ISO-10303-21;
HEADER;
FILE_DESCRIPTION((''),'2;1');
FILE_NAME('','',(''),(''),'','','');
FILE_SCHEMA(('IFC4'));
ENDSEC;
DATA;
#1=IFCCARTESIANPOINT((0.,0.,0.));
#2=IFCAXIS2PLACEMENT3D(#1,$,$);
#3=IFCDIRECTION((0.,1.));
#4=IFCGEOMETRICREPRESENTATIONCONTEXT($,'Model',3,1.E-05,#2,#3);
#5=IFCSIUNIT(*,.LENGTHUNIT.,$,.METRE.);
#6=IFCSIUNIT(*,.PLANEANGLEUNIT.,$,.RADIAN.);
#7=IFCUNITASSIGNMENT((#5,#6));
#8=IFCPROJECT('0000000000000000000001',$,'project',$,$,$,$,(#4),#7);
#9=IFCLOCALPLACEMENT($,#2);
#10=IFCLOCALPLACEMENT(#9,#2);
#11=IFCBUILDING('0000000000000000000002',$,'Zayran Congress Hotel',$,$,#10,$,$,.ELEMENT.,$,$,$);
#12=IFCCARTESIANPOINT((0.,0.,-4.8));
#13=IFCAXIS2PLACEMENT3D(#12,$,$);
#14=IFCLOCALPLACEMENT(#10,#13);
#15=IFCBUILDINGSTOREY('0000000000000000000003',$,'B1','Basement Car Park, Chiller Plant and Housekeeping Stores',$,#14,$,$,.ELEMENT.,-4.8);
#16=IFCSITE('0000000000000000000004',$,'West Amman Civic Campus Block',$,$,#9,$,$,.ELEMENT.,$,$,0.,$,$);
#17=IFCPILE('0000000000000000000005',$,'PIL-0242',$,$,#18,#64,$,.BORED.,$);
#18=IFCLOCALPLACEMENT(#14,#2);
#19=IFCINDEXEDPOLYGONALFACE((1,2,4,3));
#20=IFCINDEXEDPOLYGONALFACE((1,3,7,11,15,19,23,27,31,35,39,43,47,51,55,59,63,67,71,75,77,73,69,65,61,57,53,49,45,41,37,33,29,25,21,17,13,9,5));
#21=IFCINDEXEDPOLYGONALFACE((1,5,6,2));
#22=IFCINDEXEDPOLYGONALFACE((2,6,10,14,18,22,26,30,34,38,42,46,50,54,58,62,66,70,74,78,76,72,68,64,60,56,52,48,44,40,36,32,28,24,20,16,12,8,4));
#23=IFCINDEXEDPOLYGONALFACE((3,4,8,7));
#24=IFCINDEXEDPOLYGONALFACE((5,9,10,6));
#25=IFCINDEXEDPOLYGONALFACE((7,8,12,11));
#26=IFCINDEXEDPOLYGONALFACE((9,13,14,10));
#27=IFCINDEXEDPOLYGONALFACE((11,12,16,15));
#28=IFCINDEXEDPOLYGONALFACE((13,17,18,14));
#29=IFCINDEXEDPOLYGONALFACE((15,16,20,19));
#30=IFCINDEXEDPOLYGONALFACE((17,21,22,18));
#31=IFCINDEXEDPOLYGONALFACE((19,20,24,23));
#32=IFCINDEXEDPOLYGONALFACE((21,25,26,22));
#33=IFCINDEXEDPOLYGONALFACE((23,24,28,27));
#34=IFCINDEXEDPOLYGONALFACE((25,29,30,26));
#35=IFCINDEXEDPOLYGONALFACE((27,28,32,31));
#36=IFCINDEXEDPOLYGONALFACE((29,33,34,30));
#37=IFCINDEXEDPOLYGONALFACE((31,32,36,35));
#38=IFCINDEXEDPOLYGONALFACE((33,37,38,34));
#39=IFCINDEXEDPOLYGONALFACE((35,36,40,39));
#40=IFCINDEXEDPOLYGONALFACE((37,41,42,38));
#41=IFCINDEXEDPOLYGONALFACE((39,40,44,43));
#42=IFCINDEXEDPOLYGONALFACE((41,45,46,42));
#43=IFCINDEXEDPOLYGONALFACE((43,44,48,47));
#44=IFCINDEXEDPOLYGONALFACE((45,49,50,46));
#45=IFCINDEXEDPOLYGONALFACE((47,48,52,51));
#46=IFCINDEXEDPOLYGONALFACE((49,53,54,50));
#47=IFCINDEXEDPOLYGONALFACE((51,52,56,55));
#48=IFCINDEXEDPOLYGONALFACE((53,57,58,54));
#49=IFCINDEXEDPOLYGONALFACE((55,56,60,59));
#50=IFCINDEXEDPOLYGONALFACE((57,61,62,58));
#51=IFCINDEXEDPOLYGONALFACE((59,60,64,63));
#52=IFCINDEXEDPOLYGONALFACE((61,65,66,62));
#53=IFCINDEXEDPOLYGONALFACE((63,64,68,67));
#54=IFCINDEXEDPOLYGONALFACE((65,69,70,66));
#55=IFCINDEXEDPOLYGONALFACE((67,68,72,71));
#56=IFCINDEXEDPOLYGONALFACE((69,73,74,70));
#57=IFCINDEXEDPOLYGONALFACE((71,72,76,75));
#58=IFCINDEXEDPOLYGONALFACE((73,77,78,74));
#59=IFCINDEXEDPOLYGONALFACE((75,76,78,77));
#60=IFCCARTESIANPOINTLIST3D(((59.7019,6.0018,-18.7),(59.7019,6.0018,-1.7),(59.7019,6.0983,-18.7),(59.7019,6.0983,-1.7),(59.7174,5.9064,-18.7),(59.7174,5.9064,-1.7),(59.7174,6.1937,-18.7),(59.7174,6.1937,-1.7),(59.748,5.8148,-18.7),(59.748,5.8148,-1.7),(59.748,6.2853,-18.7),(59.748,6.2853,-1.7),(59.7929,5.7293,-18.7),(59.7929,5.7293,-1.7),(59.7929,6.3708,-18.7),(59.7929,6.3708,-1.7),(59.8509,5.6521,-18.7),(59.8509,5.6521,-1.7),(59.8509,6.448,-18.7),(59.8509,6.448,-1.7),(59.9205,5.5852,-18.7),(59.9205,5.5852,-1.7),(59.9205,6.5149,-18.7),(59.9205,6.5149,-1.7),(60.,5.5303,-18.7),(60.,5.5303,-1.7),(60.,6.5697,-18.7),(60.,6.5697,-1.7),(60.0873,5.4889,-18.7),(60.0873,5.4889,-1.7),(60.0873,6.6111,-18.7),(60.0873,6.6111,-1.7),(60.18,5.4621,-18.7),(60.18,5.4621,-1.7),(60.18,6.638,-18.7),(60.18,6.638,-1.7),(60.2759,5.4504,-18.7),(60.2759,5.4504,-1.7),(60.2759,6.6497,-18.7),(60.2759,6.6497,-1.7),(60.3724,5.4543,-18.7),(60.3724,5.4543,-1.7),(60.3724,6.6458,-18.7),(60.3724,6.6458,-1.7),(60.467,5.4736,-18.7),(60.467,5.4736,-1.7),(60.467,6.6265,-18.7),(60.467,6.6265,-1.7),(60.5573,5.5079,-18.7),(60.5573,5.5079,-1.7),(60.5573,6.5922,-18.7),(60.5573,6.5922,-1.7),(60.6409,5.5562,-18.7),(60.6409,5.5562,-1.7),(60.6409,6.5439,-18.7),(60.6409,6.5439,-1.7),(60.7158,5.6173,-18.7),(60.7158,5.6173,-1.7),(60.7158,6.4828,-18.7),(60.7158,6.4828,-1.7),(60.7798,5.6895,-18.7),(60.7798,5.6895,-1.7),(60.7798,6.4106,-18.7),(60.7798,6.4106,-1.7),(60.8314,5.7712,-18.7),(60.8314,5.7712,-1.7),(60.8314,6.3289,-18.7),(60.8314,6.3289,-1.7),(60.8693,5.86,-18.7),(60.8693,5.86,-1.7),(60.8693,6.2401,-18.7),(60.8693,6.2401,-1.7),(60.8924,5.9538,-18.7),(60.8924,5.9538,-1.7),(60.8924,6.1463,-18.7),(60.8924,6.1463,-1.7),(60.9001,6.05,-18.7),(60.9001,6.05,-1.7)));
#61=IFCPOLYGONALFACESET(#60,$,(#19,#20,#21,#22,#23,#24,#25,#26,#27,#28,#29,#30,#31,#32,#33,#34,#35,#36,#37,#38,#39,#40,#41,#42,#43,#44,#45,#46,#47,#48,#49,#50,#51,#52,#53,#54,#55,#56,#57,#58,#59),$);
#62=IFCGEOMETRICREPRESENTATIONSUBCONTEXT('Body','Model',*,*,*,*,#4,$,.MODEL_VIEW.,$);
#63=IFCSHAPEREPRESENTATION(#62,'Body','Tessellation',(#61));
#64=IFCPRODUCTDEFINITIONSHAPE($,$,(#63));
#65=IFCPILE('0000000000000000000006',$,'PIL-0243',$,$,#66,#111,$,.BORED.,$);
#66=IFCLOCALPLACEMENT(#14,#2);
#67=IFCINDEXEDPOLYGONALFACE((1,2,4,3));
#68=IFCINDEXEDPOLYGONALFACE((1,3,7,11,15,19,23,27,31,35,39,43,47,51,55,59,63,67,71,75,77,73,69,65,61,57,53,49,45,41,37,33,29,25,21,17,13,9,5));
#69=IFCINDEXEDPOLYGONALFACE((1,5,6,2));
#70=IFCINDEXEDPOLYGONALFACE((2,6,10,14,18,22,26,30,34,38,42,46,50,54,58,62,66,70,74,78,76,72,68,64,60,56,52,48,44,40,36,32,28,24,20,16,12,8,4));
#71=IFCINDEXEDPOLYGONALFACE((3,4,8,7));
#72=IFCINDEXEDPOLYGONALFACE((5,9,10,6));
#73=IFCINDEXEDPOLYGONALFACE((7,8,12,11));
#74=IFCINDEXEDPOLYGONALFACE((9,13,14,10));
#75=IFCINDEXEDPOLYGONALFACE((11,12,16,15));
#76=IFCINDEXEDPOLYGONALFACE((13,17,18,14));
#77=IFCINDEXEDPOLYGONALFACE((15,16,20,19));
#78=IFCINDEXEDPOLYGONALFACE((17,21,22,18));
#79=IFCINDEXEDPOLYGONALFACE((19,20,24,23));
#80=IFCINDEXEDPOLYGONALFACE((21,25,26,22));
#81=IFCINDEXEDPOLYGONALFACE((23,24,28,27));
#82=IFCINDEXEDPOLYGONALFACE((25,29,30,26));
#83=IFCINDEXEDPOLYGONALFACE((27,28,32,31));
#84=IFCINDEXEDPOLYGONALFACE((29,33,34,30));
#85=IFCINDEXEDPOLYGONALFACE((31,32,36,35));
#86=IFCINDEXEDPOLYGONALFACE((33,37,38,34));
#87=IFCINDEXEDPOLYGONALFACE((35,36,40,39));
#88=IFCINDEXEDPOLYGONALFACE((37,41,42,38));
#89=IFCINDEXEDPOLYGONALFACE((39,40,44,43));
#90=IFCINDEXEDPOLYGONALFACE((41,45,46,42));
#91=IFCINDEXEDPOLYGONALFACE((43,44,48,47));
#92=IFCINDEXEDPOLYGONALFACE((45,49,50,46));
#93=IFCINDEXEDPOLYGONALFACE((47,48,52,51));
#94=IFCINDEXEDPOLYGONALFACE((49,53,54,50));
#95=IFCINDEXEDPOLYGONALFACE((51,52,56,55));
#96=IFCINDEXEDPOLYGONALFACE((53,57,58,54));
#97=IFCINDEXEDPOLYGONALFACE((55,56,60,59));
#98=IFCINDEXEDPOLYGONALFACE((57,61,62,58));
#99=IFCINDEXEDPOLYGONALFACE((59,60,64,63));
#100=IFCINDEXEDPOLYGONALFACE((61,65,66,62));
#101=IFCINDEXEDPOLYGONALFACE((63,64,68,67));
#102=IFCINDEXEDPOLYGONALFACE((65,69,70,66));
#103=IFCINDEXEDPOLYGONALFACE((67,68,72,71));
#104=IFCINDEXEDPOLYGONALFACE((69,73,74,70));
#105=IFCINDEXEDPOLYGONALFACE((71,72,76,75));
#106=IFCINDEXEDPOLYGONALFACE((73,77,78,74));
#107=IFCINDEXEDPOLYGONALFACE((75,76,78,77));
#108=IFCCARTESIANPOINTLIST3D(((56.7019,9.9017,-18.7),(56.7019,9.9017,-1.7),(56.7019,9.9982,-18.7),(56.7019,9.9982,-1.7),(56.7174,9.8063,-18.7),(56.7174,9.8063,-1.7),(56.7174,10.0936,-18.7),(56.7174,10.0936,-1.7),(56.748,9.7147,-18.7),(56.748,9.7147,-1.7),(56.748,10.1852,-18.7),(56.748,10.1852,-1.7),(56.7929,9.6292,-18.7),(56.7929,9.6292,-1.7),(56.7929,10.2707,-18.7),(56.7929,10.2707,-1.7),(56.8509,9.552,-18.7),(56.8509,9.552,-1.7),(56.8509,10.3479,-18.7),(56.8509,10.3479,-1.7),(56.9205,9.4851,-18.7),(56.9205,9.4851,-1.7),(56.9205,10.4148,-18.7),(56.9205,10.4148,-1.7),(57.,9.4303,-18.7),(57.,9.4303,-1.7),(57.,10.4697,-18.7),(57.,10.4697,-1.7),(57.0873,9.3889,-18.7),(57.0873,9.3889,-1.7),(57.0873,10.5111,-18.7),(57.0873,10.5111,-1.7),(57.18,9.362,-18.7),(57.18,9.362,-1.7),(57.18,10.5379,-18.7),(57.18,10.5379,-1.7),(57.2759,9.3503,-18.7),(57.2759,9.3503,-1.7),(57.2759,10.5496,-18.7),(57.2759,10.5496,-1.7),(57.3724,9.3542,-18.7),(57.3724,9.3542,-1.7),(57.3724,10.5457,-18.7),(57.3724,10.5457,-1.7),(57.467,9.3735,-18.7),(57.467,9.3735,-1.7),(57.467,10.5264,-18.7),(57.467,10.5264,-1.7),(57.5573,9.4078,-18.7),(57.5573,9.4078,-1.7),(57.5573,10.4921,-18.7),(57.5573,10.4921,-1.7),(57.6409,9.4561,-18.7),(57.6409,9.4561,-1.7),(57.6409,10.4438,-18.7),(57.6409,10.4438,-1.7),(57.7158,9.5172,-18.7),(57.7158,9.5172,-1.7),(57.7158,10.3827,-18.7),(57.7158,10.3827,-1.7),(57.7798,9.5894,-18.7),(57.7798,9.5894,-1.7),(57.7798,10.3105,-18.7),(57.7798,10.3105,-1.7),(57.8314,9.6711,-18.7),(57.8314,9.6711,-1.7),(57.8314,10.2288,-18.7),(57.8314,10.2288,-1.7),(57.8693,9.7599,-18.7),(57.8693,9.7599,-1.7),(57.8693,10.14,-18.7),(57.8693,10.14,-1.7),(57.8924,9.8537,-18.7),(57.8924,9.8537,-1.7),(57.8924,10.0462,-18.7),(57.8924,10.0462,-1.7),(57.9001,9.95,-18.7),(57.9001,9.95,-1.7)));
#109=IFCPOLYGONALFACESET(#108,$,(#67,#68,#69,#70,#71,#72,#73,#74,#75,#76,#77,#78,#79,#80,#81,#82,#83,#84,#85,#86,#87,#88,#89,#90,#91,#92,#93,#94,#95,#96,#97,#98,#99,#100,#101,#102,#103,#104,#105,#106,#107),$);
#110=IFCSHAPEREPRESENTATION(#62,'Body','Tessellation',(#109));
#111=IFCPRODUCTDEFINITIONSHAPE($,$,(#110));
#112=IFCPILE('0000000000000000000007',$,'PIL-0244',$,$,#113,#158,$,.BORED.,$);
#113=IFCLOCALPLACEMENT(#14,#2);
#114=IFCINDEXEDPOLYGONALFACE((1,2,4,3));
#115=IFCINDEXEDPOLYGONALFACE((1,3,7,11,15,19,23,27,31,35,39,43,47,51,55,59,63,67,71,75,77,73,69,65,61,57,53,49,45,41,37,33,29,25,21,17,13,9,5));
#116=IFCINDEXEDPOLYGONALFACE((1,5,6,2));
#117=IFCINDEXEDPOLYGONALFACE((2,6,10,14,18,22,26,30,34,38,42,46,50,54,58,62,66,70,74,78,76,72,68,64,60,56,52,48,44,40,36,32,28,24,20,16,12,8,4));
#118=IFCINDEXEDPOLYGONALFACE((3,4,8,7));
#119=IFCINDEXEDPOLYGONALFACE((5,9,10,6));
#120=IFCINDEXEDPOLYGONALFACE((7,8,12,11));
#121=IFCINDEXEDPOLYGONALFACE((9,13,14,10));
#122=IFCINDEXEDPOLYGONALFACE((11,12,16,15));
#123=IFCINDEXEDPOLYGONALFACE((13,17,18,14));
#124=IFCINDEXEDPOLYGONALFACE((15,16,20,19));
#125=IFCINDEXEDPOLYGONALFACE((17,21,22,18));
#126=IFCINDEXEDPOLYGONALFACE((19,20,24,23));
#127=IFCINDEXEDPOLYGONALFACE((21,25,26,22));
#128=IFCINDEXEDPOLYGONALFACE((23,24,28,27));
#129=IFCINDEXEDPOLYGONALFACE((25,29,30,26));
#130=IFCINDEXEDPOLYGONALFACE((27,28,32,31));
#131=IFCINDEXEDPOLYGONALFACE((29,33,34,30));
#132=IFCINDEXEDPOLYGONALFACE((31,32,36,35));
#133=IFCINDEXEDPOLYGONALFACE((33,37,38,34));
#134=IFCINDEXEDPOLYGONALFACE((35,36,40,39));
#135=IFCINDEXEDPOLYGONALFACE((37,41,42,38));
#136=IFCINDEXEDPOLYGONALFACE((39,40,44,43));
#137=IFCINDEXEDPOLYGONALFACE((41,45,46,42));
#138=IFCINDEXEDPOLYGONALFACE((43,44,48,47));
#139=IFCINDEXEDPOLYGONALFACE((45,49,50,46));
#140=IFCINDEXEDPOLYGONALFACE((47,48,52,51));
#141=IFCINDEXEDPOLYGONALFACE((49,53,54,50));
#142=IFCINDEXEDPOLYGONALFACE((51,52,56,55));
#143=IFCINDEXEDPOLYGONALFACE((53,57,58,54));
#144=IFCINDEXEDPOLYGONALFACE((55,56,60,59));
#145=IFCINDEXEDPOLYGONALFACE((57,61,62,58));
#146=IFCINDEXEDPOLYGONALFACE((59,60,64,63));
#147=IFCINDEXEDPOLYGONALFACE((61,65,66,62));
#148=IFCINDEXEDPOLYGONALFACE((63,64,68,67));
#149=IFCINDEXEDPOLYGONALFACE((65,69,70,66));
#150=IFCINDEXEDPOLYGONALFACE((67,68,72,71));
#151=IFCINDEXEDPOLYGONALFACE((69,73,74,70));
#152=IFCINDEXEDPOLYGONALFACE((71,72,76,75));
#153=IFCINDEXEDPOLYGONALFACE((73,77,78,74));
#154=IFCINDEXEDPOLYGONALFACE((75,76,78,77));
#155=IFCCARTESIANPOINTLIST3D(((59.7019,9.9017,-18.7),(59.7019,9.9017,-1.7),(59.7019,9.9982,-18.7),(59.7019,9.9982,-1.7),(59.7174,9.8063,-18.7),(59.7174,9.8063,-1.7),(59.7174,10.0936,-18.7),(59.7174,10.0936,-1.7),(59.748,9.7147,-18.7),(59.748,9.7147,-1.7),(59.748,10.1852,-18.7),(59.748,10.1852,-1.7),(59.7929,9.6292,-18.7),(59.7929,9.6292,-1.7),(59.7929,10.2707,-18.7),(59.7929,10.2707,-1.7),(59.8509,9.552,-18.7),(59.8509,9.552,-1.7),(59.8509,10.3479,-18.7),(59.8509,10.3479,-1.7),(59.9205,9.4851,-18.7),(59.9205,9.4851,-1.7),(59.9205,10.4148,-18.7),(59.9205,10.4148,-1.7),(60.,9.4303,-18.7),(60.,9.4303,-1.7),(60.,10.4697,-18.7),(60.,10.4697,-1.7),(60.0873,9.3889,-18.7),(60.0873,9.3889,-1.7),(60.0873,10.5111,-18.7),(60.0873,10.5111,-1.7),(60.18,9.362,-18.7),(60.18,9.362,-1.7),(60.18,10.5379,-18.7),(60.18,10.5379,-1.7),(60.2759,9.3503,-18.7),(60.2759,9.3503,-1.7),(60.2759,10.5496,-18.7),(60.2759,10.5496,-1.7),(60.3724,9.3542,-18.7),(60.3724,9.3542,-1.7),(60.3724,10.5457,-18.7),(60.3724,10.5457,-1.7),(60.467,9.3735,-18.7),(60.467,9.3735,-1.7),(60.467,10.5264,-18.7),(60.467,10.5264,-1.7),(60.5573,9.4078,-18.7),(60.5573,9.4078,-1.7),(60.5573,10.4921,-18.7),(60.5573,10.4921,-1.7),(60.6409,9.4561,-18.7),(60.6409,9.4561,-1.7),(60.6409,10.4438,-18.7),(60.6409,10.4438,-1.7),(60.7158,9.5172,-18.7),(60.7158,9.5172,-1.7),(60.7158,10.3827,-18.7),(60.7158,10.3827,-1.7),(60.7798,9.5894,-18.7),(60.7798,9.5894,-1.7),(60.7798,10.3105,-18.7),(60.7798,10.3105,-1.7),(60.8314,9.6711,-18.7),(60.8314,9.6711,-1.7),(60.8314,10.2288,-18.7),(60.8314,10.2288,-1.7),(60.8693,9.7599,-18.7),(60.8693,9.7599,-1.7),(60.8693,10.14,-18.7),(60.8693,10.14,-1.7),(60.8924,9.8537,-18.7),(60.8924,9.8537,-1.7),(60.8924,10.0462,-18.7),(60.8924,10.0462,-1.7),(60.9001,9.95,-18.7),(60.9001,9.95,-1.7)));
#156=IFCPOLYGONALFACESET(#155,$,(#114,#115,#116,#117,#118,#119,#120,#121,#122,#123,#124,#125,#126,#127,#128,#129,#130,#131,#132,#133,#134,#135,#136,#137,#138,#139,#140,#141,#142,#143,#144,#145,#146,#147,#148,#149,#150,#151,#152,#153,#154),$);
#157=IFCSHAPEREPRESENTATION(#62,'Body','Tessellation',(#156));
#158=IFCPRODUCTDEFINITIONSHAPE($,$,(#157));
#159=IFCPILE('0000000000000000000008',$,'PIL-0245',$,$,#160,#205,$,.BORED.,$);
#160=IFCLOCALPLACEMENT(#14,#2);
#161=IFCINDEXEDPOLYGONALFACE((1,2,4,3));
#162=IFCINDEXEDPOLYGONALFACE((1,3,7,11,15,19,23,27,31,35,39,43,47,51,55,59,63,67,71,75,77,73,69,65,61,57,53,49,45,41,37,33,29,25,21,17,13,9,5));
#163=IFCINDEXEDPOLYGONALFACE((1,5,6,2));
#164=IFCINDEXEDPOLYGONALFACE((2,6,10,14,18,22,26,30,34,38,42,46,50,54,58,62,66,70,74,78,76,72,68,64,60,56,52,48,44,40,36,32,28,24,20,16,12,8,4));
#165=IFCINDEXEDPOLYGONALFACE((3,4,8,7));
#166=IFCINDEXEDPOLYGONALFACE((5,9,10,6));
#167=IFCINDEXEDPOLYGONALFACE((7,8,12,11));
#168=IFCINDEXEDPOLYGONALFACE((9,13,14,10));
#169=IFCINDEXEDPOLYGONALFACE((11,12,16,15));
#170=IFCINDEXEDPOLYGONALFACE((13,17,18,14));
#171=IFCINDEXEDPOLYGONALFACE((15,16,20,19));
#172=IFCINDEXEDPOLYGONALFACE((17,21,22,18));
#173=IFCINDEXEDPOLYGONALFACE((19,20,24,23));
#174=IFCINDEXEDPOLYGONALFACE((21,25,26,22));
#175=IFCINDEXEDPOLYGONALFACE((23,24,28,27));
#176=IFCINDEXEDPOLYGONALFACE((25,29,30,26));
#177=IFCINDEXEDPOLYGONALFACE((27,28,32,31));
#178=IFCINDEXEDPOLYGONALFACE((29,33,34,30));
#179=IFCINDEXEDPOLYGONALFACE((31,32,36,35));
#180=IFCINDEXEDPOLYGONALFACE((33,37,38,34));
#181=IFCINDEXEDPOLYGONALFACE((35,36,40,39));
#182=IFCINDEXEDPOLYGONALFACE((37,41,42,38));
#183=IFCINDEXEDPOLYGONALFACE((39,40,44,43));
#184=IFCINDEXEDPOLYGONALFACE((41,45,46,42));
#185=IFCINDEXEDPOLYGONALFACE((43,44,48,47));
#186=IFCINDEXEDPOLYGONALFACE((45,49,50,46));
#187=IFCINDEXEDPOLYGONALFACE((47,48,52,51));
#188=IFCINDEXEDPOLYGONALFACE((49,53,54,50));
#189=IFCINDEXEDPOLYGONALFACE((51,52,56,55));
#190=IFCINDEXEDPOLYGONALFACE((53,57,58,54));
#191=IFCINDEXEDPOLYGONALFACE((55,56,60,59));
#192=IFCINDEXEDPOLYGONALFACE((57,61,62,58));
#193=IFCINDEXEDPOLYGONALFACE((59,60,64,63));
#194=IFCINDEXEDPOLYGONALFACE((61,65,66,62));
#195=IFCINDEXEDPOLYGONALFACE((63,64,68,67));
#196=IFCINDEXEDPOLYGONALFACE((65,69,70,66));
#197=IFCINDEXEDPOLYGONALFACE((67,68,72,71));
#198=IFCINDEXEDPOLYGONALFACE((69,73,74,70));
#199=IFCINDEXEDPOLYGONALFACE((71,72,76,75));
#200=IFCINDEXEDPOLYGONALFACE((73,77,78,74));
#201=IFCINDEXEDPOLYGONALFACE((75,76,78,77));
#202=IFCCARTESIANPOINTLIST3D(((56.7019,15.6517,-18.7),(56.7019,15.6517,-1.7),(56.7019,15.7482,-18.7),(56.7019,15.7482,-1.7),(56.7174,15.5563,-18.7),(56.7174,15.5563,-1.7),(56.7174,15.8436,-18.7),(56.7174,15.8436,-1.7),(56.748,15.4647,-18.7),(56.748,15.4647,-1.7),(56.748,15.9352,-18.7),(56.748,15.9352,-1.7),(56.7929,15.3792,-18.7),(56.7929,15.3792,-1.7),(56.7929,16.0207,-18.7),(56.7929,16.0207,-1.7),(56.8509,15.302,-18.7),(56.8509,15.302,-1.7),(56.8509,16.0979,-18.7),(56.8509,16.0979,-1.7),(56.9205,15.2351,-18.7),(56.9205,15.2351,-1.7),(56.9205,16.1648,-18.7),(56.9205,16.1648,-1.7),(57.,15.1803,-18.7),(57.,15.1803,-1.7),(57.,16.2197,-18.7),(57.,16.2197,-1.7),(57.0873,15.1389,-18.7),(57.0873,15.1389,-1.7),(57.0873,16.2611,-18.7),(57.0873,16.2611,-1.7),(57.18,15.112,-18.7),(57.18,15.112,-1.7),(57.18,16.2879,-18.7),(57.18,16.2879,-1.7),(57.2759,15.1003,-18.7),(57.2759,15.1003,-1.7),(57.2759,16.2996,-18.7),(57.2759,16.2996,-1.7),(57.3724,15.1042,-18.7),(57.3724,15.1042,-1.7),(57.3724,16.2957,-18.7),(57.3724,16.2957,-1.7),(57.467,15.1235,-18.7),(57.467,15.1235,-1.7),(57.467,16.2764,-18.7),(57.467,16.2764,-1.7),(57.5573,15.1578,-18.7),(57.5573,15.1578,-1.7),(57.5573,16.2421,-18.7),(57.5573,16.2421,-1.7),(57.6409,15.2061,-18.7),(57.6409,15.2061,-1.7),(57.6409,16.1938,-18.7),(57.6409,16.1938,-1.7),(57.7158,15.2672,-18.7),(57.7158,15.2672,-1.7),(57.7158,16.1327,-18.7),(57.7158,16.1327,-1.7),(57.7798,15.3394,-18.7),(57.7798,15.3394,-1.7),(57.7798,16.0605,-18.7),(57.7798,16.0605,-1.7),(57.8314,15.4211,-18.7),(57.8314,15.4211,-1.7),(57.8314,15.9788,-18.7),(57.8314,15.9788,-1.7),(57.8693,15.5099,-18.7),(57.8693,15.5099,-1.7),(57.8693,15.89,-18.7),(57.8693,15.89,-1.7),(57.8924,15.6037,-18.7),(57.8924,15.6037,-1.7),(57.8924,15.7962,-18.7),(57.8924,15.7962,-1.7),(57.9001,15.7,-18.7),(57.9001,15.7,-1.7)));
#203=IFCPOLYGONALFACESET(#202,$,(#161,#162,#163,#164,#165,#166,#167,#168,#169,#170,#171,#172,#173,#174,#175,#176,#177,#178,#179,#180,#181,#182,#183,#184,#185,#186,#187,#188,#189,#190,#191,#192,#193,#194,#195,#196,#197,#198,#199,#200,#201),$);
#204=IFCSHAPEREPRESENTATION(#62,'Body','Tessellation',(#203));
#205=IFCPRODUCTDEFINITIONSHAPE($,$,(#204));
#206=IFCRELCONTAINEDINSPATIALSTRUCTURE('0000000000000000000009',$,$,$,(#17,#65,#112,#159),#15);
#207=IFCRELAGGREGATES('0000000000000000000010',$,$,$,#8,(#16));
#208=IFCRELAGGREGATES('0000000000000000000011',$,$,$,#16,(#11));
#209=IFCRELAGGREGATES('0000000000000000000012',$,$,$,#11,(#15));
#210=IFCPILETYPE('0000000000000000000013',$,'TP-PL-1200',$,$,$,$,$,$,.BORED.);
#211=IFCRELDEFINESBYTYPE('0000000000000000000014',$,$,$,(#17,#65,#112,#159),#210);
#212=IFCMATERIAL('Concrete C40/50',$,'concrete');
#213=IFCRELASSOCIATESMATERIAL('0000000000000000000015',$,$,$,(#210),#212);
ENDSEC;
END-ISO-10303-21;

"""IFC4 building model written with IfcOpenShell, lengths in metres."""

from ifc_helpers import new_model, si_unit, direction, frame, origin, origin_2d, place, context, subcontext, project, spatial, circle, extrude, material, material_profile, profile_set, type_object, element, save


model = new_model("IFC4")

# Units and contexts
model_context = context("Model", 3, precision=1e-05, world=origin(), true_north=direction((0.0, 1.0)))
body_context = subcontext(model_context, "Body", "Model", "MODEL_VIEW")
ifc_project = project(units=[si_unit("LENGTHUNIT", "METRE"), si_unit("PLANEANGLEUNIT", "RADIAN")], contexts=[model_context])

# Site, building, storey
site_placement = place(None, origin())
site = spatial("IfcSite", under=ifc_project, at=site_placement, Name="West Amman Civic Campus Block", CompositionType="ELEMENT", RefElevation=0.0)
building_placement = place(site_placement, origin())
building = spatial("IfcBuilding", under=site, at=building_placement, Name="Zayran Congress Hotel", CompositionType="ELEMENT")
storey_placement = place(building_placement, frame((0.0, 0.0, -4.8)))
storey = spatial("IfcBuildingStorey", under=building, at=storey_placement, Name="B1", Description="Basement Car Park, Chiller Plant and Housekeeping Stores", CompositionType="ELEMENT", Elevation=-4.8)

# Piles
ifc_material_1 = material(Name="Concrete C40/50", Category="concrete")
ifc_material_profile_1 = material_profile(ifc_material_1, circle(Radius=0.6001, at=origin_2d()), Name="PILE D1200")
ifc_profile_set_1 = profile_set([ifc_material_profile_1], Name="Concrete C40/50")
pile_type = type_object("IfcPileType", Name="TP-PL-1200", PredefinedType="BORED", material=ifc_profile_set_1)
for number, where, z_axis, x_axis, name in (
    (1, (60.3, 6.05, -1.7), (0.0, 0.0, -1.0), (1.0, 0.0, 0.0), "PIL-0242"),
    (2, (57.3, 9.95, -1.7), (0.0, 0.0, -1.0), (1.0, 0.0, 0.0), "PIL-0243"),
    (3, (60.3, 9.95, -1.7), (0.0, 0.0, -1.0), (1.0, 0.0, 0.0), "PIL-0244"),
    (4, (57.3, 15.7, -1.7), (0.0, 0.0, -1.0), (1.0, 0.0, 0.0), "PIL-0245"),
):
    element("IfcPile", number, at=place(storey_placement, frame(where, z_axis=z_axis, x_axis=x_axis)), inside=storey, type_object=pile_type, Name=name, PredefinedType="BORED", context=body_context, shape_type="SweptSolid", body=[
        extrude(circle(Radius=0.6001, at=origin_2d()), origin(), (0.0, 0.0, 1.0), 17.0),
    ])

save(model, "model.ifc")
